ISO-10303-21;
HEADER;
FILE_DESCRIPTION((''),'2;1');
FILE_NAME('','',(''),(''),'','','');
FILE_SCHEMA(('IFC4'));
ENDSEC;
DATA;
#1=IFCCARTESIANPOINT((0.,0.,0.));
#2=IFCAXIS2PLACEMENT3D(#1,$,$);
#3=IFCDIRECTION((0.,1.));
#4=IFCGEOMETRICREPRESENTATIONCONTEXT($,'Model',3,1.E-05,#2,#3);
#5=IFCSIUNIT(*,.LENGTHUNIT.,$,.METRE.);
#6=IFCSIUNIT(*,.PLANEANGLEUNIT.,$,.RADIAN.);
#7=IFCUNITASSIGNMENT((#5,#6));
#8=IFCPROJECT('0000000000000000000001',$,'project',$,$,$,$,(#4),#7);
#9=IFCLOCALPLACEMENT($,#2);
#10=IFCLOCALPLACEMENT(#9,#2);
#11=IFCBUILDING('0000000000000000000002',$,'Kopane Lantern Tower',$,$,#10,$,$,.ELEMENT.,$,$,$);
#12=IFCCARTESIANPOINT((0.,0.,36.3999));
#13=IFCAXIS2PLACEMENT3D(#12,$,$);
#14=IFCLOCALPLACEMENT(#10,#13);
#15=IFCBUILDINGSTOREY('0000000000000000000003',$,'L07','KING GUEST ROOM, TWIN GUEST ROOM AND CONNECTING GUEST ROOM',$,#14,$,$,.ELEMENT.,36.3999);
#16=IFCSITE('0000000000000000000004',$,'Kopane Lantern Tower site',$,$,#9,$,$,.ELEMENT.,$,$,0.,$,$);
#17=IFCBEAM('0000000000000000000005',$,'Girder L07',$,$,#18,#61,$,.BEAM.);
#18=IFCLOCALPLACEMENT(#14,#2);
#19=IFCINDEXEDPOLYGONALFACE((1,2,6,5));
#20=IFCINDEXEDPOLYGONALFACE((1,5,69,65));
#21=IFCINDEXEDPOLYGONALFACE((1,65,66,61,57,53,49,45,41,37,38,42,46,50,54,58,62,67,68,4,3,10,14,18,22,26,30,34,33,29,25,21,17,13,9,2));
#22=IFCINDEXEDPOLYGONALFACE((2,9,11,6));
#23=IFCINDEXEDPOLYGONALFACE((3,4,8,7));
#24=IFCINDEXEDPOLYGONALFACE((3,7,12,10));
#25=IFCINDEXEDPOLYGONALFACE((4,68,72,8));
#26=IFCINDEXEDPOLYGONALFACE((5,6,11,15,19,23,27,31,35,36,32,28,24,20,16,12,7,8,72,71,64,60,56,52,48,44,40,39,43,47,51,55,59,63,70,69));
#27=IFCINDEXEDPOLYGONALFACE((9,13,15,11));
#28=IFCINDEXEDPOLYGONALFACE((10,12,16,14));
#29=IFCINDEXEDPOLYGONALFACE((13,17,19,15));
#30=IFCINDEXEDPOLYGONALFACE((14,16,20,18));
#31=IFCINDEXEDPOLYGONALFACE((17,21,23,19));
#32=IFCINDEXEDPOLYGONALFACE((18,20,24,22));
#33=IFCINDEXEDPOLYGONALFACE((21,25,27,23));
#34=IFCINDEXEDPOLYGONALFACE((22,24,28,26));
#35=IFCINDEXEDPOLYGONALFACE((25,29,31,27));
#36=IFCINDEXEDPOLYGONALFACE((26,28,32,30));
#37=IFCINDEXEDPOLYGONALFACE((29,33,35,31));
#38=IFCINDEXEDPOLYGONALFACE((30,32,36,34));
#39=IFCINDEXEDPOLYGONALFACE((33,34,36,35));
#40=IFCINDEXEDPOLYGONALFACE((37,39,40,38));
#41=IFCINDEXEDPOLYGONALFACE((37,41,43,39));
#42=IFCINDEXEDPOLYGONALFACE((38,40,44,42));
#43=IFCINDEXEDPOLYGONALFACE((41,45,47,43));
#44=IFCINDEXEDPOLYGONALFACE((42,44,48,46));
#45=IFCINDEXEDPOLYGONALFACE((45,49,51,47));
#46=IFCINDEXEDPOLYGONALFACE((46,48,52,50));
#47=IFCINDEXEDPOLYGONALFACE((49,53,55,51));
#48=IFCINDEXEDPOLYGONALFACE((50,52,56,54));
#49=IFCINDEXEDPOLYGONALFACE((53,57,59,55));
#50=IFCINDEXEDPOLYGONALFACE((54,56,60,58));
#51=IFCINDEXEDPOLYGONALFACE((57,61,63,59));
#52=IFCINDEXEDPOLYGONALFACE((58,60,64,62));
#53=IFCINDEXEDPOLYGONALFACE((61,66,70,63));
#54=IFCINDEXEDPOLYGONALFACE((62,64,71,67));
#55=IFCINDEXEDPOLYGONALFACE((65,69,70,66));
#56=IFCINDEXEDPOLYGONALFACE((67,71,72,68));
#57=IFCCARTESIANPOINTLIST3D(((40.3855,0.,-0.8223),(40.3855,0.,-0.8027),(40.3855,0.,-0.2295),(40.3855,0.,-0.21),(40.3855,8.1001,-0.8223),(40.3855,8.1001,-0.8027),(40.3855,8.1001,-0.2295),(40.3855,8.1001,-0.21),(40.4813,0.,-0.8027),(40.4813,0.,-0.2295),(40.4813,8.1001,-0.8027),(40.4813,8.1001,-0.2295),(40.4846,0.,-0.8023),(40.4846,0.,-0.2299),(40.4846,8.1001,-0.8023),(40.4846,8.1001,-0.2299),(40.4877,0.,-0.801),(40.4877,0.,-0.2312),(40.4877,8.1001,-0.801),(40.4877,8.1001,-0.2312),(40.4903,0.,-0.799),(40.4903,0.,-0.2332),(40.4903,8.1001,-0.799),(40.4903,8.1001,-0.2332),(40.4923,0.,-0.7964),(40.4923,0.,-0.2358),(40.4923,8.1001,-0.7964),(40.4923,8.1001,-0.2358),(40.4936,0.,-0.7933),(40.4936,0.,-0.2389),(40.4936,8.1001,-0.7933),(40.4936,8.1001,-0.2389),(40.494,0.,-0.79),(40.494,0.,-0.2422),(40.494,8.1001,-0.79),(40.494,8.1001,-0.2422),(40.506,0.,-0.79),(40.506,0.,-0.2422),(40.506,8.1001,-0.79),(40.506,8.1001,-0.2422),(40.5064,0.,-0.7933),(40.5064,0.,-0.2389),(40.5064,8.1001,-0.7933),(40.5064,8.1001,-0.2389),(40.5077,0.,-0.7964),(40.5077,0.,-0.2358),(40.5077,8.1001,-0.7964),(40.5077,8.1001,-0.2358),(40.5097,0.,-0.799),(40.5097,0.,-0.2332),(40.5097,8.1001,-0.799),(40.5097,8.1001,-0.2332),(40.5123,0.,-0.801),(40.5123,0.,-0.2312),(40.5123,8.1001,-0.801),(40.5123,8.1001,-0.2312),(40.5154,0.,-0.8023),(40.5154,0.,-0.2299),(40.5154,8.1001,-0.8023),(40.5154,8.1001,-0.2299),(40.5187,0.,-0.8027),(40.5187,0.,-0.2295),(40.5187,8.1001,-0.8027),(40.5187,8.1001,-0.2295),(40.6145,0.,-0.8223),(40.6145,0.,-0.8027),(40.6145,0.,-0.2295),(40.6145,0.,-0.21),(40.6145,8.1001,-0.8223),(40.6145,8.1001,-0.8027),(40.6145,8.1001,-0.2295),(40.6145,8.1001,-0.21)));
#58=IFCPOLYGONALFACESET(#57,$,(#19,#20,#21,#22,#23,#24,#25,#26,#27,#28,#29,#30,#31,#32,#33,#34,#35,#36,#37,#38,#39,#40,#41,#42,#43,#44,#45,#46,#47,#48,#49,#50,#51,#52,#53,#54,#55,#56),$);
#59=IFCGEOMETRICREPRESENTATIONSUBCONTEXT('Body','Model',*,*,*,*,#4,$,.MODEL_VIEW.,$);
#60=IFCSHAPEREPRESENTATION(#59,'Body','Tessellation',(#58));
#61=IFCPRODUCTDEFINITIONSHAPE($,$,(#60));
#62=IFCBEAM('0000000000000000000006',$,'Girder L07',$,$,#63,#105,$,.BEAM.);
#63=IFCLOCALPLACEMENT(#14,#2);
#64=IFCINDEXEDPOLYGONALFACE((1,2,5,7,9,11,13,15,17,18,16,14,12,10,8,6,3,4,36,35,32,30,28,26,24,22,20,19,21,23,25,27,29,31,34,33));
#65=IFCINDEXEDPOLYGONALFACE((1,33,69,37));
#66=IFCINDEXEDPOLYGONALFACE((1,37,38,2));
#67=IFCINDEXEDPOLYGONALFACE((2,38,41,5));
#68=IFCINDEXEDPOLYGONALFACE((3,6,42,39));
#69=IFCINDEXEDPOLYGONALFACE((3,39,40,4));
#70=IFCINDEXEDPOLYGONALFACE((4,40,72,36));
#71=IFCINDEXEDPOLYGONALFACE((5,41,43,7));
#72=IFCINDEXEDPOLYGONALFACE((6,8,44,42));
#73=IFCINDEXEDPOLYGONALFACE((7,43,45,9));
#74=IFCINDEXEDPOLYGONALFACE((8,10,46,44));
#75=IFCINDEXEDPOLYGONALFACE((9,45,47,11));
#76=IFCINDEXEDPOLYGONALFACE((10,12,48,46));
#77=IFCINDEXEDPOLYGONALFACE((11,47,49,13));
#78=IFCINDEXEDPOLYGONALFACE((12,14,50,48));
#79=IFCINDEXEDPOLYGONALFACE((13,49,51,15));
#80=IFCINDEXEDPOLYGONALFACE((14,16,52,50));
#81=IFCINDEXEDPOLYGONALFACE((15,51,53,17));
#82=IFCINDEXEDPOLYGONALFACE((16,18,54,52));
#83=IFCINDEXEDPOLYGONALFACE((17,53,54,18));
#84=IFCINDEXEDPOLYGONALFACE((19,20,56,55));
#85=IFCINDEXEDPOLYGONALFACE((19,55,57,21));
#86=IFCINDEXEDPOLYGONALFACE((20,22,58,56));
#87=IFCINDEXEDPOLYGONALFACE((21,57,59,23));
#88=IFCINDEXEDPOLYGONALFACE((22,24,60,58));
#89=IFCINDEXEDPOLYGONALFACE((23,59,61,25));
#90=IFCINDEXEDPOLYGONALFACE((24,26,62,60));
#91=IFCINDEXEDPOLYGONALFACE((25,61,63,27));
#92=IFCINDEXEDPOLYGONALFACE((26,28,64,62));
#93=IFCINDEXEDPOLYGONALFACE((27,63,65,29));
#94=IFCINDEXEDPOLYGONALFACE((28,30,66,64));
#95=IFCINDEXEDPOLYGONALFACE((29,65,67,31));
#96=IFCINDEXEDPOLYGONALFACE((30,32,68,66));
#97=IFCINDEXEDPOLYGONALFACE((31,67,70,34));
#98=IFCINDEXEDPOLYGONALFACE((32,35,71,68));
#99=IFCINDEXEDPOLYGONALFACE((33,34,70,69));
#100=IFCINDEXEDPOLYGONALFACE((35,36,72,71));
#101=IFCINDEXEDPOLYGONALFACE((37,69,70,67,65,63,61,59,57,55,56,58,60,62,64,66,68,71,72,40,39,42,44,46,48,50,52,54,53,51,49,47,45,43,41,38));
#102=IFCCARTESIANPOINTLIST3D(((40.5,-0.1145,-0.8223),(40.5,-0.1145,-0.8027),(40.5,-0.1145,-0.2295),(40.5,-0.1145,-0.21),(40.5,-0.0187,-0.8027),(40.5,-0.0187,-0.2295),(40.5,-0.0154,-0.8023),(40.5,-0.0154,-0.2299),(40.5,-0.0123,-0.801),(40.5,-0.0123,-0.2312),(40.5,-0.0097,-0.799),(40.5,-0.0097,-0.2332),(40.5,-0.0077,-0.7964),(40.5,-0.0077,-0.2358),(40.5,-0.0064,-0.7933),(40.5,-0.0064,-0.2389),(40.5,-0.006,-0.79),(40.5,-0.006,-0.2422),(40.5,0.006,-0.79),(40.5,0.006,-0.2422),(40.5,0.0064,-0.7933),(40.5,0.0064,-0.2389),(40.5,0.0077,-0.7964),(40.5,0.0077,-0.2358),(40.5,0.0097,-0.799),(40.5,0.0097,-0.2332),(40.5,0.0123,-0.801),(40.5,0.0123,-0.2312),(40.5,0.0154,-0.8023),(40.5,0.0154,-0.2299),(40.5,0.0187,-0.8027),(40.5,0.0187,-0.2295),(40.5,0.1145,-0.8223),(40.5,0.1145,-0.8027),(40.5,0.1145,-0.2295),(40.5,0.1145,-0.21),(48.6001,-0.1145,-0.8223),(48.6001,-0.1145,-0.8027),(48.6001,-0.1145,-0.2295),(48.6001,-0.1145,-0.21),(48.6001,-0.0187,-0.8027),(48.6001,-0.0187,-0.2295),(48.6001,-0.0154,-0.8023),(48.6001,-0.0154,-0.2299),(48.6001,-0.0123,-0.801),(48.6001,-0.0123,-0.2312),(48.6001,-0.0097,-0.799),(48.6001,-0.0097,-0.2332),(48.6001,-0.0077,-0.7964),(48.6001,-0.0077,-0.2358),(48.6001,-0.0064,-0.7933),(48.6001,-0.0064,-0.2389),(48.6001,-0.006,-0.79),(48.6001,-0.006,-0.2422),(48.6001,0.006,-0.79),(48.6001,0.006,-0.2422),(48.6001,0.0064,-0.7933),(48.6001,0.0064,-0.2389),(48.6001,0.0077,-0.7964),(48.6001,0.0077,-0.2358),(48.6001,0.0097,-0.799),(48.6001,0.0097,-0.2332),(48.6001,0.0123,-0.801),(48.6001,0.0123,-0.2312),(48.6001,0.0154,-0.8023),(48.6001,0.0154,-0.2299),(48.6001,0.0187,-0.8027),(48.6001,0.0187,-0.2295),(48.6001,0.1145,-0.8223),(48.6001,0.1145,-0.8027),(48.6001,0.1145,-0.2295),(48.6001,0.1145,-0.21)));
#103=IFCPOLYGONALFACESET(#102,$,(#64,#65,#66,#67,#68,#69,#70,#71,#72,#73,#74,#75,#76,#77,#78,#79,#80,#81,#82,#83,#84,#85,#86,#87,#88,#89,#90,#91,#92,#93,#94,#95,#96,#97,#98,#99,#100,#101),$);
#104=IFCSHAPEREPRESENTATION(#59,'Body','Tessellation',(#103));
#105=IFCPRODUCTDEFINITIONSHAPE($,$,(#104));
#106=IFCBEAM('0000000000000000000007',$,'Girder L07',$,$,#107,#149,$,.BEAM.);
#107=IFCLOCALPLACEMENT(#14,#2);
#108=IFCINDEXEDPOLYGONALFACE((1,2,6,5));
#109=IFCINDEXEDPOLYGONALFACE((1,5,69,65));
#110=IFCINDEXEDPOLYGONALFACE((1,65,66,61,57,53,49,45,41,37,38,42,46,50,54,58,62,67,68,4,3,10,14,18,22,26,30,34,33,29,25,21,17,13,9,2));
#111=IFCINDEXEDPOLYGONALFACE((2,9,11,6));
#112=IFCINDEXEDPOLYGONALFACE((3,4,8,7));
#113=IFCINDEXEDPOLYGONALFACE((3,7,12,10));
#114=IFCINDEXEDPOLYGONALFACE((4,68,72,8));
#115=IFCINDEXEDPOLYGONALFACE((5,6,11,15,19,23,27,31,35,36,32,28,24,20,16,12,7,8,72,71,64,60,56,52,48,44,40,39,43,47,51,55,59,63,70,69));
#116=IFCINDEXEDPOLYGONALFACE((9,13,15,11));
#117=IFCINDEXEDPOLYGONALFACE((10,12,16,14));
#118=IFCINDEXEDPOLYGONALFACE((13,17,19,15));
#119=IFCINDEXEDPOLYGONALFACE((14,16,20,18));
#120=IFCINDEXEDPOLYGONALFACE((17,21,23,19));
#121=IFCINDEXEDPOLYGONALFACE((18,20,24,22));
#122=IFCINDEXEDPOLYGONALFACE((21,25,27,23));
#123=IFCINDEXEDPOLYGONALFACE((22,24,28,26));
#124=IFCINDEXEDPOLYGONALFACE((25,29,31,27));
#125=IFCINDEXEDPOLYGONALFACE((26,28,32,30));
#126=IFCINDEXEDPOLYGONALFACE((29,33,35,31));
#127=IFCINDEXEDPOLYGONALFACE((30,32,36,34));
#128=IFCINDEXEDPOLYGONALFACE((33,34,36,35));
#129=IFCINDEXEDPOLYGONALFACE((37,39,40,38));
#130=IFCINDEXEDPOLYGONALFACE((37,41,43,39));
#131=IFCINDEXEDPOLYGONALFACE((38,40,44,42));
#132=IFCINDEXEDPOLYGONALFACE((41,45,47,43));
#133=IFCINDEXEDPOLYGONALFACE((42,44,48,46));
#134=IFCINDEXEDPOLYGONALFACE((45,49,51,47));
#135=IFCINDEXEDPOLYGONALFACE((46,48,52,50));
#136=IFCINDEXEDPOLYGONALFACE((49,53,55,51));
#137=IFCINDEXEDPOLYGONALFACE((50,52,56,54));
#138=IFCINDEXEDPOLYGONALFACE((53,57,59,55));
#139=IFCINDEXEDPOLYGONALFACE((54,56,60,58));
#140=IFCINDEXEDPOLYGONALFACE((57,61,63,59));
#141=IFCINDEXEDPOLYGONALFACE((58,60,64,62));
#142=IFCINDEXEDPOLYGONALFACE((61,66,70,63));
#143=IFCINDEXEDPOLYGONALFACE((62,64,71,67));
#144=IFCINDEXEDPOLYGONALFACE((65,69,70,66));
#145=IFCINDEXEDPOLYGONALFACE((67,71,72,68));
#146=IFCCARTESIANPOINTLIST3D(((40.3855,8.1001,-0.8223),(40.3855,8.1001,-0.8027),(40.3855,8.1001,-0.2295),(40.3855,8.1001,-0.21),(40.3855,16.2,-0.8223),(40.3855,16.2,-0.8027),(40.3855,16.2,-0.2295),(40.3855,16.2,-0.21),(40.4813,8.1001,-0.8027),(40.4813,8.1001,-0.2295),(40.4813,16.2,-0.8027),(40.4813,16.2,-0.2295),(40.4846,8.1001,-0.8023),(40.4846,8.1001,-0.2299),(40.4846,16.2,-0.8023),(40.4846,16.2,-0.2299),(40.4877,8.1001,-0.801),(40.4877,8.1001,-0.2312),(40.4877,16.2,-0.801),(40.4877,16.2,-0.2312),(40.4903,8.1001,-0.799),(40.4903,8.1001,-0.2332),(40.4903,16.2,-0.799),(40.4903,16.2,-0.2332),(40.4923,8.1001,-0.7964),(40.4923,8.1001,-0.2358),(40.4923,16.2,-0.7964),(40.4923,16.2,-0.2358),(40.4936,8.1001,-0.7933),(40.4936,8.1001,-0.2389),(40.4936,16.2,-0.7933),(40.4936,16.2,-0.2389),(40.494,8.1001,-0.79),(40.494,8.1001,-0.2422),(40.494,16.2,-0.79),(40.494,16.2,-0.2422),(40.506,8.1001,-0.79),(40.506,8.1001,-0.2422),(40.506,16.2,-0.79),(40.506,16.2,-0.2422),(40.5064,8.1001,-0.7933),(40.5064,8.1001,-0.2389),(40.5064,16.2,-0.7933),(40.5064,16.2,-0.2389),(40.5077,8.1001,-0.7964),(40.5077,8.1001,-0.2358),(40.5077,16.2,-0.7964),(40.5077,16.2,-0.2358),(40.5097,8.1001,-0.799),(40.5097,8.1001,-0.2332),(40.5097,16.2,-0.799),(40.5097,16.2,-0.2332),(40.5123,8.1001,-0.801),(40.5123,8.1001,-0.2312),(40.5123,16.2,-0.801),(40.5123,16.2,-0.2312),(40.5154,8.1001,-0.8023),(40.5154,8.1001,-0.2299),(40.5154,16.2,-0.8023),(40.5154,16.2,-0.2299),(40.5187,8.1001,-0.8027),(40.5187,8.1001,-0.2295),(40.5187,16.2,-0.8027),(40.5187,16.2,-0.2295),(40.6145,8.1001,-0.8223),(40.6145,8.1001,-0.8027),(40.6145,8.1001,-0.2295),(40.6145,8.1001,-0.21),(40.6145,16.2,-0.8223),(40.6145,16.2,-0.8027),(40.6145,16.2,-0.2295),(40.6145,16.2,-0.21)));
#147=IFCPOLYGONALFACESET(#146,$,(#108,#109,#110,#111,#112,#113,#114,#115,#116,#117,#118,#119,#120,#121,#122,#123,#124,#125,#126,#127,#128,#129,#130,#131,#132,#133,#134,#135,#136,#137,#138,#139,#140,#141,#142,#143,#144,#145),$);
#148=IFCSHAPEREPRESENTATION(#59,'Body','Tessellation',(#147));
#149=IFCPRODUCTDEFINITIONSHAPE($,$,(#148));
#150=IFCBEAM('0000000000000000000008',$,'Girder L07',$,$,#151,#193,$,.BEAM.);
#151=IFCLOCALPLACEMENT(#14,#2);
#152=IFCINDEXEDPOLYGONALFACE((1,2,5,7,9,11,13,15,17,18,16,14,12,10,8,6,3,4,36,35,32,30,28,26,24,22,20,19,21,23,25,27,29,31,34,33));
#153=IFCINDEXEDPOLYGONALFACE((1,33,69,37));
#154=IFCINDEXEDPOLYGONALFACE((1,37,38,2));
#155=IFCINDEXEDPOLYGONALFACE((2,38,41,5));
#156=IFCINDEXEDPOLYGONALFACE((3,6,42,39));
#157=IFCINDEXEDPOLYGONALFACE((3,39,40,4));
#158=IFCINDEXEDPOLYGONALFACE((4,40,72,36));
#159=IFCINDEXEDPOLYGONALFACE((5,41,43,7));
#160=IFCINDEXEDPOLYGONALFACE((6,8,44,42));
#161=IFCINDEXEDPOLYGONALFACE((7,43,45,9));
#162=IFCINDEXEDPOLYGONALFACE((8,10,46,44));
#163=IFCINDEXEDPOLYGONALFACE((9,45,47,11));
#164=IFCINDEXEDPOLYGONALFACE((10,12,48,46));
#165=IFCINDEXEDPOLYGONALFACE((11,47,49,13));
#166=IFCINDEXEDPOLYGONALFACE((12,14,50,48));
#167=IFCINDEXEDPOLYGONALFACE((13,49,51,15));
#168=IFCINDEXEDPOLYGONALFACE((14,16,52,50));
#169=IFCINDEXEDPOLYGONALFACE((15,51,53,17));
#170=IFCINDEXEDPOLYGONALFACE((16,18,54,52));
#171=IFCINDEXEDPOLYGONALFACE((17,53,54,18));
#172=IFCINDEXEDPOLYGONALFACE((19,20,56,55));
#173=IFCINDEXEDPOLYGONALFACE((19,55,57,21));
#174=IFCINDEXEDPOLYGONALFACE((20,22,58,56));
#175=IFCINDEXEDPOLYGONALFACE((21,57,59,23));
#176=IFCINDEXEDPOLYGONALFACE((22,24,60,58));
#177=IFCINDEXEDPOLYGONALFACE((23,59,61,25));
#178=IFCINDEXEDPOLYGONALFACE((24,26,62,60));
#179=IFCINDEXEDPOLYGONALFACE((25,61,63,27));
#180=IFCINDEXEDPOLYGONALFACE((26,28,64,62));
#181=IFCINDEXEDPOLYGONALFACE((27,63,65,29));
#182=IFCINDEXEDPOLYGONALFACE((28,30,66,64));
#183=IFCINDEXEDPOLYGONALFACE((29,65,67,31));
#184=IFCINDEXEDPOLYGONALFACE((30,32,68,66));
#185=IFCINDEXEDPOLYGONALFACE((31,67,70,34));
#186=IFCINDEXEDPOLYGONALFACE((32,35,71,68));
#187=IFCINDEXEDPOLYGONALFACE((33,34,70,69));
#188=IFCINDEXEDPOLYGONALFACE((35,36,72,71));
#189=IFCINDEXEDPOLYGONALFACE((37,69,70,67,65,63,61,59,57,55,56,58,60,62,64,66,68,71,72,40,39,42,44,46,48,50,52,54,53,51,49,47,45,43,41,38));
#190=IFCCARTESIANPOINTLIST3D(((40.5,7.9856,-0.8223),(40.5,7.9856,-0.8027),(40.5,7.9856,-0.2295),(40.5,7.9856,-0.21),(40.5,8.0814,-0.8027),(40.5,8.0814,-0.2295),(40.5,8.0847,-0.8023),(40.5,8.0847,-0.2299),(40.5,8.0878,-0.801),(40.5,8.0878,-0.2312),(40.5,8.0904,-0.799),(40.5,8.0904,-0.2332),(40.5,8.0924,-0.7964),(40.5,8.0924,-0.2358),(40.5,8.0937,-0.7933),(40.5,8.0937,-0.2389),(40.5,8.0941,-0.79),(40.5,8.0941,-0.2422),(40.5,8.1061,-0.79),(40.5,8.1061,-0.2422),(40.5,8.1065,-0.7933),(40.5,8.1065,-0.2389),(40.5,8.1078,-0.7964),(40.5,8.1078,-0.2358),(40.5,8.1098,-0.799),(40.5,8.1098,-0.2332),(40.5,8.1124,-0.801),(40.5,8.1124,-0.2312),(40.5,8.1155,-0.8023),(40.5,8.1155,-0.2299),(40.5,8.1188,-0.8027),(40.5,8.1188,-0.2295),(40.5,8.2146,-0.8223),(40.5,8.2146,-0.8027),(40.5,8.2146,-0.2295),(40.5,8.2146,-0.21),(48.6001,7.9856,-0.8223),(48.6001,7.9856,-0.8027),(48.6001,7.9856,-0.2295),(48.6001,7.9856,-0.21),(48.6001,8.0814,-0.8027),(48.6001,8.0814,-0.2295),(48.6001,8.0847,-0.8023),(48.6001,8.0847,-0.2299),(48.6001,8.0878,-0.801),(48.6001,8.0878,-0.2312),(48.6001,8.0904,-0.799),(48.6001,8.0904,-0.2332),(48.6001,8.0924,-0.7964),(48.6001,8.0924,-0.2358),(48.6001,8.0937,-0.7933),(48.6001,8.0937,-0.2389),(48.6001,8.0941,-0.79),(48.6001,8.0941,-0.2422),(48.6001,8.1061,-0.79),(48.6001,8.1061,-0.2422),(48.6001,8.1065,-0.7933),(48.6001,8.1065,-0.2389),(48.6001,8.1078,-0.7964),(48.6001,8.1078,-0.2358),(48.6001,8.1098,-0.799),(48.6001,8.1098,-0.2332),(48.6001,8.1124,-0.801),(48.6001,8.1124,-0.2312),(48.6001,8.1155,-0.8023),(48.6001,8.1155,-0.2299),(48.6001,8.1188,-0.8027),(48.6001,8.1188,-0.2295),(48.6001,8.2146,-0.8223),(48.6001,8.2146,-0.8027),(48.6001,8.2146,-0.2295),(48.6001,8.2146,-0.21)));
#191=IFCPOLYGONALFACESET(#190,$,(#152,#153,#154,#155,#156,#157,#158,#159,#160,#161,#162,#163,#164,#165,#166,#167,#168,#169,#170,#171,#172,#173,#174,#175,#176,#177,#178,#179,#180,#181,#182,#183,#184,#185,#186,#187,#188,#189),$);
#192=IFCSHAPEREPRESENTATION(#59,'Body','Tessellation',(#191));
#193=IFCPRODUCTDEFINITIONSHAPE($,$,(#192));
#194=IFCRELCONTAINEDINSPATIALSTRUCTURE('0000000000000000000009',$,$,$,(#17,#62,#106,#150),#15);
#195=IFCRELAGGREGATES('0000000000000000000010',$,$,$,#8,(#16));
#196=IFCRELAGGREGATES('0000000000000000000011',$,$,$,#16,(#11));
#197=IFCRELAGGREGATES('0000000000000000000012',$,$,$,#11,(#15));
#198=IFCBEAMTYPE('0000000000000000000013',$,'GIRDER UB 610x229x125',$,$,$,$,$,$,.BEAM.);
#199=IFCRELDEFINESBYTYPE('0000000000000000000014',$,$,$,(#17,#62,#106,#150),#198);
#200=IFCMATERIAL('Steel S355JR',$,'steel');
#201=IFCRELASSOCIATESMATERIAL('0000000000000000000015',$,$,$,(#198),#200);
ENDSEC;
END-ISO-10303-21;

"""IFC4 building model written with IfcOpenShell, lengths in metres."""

from ifc_helpers import new_model, si_unit, direction, frame, origin, origin_2d, place, context, subcontext, project, spatial, i_section, extrude, material, material_profile, profile_set, type_object, element, save


model = new_model("IFC4")

# Units and contexts
model_context = context("Model", 3, precision=1e-05, world=origin(), true_north=direction((0.0, 1.0)))
body_context = subcontext(model_context, "Body", "Model", "MODEL_VIEW")
ifc_project = project(units=[si_unit("LENGTHUNIT", "METRE"), si_unit("PLANEANGLEUNIT", "RADIAN")], contexts=[model_context])

# Site, building, storey
site_placement = place(None, origin())
site = spatial("IfcSite", under=ifc_project, at=site_placement, Name="Kopane Lantern Tower site", CompositionType="ELEMENT", RefElevation=0.0)
building_placement = place(site_placement, origin())
building = spatial("IfcBuilding", under=site, at=building_placement, Name="Kopane Lantern Tower", CompositionType="ELEMENT")
storey_placement = place(building_placement, frame((0.0, 0.0, 36.3999)))
storey = spatial("IfcBuildingStorey", under=building, at=storey_placement, Name="L07", Description="KING GUEST ROOM, TWIN GUEST ROOM AND CONNECTING GUEST ROOM", CompositionType="ELEMENT", Elevation=36.3999)

# Beams
ifc_material_1 = material(Name="Steel S355JR", Category="steel")
ifc_material_profile_1 = material_profile(ifc_material_1, i_section(OverallWidth=0.229, OverallDepth=0.6123, WebThickness=0.012, FlangeThickness=0.0195, FilletRadius=0.0127, at=origin_2d()), Name="UB 610x229x125")
ifc_profile_set_1 = profile_set([ifc_material_profile_1], Name="Steel S355JR")
beam_type = type_object("IfcBeamType", Name="GIRDER UB 610x229x125", PredefinedType="BEAM", material=ifc_profile_set_1)
for number, where, z_axis, x_axis, name in (
    (1, (40.5, 0.0, -0.5161), (0.0, 1.0, 0.0), (-1.0, 0.0, 0.0), "Girder L07"),
    (2, (40.5, 0.0, -0.5161), (1.0, 0.0, 0.0), (0.0, 1.0, 0.0), "Girder L07"),
):
    element("IfcBeam", number, at=place(storey_placement, frame(where, z_axis=z_axis, x_axis=x_axis)), inside=storey, type_object=beam_type, Name=name, PredefinedType="BEAM", context=body_context, shape_type="SweptSolid", body=[
        extrude(i_section(OverallWidth=0.229, OverallDepth=0.6123, WebThickness=0.012, FlangeThickness=0.0195, FilletRadius=0.0127, at=origin_2d()), origin(), (0.0, 0.0, 1.0), 8.1001),
    ])
beam_1_placement = place(storey_placement, frame((40.5, 8.1001, -0.5161), z_axis=(0.0, 1.0, 0.0), x_axis=(-1.0, 0.0, 0.0)))
element("IfcBeam", 3, at=beam_1_placement, inside=storey, type_object=beam_type, Name="Girder L07", PredefinedType="BEAM", context=body_context, shape_type="SweptSolid", body=[
    extrude(i_section(OverallWidth=0.229, OverallDepth=0.6123, WebThickness=0.012, FlangeThickness=0.0195, FilletRadius=0.0127, at=origin_2d()), origin(), (0.0, 0.0, 1.0), 8.0999),
])
beam_2_placement = place(storey_placement, frame((40.5, 8.1001, -0.5161), z_axis=(1.0, 0.0, 0.0), x_axis=(0.0, 1.0, 0.0)))
element("IfcBeam", 4, at=beam_2_placement, inside=storey, type_object=beam_type, Name="Girder L07", PredefinedType="BEAM", context=body_context, shape_type="SweptSolid", body=[
    extrude(i_section(OverallWidth=0.229, OverallDepth=0.6123, WebThickness=0.012, FlangeThickness=0.0195, FilletRadius=0.0127, at=origin_2d()), origin(), (0.0, 0.0, 1.0), 8.1001),
])

save(model, "model.ifc")
